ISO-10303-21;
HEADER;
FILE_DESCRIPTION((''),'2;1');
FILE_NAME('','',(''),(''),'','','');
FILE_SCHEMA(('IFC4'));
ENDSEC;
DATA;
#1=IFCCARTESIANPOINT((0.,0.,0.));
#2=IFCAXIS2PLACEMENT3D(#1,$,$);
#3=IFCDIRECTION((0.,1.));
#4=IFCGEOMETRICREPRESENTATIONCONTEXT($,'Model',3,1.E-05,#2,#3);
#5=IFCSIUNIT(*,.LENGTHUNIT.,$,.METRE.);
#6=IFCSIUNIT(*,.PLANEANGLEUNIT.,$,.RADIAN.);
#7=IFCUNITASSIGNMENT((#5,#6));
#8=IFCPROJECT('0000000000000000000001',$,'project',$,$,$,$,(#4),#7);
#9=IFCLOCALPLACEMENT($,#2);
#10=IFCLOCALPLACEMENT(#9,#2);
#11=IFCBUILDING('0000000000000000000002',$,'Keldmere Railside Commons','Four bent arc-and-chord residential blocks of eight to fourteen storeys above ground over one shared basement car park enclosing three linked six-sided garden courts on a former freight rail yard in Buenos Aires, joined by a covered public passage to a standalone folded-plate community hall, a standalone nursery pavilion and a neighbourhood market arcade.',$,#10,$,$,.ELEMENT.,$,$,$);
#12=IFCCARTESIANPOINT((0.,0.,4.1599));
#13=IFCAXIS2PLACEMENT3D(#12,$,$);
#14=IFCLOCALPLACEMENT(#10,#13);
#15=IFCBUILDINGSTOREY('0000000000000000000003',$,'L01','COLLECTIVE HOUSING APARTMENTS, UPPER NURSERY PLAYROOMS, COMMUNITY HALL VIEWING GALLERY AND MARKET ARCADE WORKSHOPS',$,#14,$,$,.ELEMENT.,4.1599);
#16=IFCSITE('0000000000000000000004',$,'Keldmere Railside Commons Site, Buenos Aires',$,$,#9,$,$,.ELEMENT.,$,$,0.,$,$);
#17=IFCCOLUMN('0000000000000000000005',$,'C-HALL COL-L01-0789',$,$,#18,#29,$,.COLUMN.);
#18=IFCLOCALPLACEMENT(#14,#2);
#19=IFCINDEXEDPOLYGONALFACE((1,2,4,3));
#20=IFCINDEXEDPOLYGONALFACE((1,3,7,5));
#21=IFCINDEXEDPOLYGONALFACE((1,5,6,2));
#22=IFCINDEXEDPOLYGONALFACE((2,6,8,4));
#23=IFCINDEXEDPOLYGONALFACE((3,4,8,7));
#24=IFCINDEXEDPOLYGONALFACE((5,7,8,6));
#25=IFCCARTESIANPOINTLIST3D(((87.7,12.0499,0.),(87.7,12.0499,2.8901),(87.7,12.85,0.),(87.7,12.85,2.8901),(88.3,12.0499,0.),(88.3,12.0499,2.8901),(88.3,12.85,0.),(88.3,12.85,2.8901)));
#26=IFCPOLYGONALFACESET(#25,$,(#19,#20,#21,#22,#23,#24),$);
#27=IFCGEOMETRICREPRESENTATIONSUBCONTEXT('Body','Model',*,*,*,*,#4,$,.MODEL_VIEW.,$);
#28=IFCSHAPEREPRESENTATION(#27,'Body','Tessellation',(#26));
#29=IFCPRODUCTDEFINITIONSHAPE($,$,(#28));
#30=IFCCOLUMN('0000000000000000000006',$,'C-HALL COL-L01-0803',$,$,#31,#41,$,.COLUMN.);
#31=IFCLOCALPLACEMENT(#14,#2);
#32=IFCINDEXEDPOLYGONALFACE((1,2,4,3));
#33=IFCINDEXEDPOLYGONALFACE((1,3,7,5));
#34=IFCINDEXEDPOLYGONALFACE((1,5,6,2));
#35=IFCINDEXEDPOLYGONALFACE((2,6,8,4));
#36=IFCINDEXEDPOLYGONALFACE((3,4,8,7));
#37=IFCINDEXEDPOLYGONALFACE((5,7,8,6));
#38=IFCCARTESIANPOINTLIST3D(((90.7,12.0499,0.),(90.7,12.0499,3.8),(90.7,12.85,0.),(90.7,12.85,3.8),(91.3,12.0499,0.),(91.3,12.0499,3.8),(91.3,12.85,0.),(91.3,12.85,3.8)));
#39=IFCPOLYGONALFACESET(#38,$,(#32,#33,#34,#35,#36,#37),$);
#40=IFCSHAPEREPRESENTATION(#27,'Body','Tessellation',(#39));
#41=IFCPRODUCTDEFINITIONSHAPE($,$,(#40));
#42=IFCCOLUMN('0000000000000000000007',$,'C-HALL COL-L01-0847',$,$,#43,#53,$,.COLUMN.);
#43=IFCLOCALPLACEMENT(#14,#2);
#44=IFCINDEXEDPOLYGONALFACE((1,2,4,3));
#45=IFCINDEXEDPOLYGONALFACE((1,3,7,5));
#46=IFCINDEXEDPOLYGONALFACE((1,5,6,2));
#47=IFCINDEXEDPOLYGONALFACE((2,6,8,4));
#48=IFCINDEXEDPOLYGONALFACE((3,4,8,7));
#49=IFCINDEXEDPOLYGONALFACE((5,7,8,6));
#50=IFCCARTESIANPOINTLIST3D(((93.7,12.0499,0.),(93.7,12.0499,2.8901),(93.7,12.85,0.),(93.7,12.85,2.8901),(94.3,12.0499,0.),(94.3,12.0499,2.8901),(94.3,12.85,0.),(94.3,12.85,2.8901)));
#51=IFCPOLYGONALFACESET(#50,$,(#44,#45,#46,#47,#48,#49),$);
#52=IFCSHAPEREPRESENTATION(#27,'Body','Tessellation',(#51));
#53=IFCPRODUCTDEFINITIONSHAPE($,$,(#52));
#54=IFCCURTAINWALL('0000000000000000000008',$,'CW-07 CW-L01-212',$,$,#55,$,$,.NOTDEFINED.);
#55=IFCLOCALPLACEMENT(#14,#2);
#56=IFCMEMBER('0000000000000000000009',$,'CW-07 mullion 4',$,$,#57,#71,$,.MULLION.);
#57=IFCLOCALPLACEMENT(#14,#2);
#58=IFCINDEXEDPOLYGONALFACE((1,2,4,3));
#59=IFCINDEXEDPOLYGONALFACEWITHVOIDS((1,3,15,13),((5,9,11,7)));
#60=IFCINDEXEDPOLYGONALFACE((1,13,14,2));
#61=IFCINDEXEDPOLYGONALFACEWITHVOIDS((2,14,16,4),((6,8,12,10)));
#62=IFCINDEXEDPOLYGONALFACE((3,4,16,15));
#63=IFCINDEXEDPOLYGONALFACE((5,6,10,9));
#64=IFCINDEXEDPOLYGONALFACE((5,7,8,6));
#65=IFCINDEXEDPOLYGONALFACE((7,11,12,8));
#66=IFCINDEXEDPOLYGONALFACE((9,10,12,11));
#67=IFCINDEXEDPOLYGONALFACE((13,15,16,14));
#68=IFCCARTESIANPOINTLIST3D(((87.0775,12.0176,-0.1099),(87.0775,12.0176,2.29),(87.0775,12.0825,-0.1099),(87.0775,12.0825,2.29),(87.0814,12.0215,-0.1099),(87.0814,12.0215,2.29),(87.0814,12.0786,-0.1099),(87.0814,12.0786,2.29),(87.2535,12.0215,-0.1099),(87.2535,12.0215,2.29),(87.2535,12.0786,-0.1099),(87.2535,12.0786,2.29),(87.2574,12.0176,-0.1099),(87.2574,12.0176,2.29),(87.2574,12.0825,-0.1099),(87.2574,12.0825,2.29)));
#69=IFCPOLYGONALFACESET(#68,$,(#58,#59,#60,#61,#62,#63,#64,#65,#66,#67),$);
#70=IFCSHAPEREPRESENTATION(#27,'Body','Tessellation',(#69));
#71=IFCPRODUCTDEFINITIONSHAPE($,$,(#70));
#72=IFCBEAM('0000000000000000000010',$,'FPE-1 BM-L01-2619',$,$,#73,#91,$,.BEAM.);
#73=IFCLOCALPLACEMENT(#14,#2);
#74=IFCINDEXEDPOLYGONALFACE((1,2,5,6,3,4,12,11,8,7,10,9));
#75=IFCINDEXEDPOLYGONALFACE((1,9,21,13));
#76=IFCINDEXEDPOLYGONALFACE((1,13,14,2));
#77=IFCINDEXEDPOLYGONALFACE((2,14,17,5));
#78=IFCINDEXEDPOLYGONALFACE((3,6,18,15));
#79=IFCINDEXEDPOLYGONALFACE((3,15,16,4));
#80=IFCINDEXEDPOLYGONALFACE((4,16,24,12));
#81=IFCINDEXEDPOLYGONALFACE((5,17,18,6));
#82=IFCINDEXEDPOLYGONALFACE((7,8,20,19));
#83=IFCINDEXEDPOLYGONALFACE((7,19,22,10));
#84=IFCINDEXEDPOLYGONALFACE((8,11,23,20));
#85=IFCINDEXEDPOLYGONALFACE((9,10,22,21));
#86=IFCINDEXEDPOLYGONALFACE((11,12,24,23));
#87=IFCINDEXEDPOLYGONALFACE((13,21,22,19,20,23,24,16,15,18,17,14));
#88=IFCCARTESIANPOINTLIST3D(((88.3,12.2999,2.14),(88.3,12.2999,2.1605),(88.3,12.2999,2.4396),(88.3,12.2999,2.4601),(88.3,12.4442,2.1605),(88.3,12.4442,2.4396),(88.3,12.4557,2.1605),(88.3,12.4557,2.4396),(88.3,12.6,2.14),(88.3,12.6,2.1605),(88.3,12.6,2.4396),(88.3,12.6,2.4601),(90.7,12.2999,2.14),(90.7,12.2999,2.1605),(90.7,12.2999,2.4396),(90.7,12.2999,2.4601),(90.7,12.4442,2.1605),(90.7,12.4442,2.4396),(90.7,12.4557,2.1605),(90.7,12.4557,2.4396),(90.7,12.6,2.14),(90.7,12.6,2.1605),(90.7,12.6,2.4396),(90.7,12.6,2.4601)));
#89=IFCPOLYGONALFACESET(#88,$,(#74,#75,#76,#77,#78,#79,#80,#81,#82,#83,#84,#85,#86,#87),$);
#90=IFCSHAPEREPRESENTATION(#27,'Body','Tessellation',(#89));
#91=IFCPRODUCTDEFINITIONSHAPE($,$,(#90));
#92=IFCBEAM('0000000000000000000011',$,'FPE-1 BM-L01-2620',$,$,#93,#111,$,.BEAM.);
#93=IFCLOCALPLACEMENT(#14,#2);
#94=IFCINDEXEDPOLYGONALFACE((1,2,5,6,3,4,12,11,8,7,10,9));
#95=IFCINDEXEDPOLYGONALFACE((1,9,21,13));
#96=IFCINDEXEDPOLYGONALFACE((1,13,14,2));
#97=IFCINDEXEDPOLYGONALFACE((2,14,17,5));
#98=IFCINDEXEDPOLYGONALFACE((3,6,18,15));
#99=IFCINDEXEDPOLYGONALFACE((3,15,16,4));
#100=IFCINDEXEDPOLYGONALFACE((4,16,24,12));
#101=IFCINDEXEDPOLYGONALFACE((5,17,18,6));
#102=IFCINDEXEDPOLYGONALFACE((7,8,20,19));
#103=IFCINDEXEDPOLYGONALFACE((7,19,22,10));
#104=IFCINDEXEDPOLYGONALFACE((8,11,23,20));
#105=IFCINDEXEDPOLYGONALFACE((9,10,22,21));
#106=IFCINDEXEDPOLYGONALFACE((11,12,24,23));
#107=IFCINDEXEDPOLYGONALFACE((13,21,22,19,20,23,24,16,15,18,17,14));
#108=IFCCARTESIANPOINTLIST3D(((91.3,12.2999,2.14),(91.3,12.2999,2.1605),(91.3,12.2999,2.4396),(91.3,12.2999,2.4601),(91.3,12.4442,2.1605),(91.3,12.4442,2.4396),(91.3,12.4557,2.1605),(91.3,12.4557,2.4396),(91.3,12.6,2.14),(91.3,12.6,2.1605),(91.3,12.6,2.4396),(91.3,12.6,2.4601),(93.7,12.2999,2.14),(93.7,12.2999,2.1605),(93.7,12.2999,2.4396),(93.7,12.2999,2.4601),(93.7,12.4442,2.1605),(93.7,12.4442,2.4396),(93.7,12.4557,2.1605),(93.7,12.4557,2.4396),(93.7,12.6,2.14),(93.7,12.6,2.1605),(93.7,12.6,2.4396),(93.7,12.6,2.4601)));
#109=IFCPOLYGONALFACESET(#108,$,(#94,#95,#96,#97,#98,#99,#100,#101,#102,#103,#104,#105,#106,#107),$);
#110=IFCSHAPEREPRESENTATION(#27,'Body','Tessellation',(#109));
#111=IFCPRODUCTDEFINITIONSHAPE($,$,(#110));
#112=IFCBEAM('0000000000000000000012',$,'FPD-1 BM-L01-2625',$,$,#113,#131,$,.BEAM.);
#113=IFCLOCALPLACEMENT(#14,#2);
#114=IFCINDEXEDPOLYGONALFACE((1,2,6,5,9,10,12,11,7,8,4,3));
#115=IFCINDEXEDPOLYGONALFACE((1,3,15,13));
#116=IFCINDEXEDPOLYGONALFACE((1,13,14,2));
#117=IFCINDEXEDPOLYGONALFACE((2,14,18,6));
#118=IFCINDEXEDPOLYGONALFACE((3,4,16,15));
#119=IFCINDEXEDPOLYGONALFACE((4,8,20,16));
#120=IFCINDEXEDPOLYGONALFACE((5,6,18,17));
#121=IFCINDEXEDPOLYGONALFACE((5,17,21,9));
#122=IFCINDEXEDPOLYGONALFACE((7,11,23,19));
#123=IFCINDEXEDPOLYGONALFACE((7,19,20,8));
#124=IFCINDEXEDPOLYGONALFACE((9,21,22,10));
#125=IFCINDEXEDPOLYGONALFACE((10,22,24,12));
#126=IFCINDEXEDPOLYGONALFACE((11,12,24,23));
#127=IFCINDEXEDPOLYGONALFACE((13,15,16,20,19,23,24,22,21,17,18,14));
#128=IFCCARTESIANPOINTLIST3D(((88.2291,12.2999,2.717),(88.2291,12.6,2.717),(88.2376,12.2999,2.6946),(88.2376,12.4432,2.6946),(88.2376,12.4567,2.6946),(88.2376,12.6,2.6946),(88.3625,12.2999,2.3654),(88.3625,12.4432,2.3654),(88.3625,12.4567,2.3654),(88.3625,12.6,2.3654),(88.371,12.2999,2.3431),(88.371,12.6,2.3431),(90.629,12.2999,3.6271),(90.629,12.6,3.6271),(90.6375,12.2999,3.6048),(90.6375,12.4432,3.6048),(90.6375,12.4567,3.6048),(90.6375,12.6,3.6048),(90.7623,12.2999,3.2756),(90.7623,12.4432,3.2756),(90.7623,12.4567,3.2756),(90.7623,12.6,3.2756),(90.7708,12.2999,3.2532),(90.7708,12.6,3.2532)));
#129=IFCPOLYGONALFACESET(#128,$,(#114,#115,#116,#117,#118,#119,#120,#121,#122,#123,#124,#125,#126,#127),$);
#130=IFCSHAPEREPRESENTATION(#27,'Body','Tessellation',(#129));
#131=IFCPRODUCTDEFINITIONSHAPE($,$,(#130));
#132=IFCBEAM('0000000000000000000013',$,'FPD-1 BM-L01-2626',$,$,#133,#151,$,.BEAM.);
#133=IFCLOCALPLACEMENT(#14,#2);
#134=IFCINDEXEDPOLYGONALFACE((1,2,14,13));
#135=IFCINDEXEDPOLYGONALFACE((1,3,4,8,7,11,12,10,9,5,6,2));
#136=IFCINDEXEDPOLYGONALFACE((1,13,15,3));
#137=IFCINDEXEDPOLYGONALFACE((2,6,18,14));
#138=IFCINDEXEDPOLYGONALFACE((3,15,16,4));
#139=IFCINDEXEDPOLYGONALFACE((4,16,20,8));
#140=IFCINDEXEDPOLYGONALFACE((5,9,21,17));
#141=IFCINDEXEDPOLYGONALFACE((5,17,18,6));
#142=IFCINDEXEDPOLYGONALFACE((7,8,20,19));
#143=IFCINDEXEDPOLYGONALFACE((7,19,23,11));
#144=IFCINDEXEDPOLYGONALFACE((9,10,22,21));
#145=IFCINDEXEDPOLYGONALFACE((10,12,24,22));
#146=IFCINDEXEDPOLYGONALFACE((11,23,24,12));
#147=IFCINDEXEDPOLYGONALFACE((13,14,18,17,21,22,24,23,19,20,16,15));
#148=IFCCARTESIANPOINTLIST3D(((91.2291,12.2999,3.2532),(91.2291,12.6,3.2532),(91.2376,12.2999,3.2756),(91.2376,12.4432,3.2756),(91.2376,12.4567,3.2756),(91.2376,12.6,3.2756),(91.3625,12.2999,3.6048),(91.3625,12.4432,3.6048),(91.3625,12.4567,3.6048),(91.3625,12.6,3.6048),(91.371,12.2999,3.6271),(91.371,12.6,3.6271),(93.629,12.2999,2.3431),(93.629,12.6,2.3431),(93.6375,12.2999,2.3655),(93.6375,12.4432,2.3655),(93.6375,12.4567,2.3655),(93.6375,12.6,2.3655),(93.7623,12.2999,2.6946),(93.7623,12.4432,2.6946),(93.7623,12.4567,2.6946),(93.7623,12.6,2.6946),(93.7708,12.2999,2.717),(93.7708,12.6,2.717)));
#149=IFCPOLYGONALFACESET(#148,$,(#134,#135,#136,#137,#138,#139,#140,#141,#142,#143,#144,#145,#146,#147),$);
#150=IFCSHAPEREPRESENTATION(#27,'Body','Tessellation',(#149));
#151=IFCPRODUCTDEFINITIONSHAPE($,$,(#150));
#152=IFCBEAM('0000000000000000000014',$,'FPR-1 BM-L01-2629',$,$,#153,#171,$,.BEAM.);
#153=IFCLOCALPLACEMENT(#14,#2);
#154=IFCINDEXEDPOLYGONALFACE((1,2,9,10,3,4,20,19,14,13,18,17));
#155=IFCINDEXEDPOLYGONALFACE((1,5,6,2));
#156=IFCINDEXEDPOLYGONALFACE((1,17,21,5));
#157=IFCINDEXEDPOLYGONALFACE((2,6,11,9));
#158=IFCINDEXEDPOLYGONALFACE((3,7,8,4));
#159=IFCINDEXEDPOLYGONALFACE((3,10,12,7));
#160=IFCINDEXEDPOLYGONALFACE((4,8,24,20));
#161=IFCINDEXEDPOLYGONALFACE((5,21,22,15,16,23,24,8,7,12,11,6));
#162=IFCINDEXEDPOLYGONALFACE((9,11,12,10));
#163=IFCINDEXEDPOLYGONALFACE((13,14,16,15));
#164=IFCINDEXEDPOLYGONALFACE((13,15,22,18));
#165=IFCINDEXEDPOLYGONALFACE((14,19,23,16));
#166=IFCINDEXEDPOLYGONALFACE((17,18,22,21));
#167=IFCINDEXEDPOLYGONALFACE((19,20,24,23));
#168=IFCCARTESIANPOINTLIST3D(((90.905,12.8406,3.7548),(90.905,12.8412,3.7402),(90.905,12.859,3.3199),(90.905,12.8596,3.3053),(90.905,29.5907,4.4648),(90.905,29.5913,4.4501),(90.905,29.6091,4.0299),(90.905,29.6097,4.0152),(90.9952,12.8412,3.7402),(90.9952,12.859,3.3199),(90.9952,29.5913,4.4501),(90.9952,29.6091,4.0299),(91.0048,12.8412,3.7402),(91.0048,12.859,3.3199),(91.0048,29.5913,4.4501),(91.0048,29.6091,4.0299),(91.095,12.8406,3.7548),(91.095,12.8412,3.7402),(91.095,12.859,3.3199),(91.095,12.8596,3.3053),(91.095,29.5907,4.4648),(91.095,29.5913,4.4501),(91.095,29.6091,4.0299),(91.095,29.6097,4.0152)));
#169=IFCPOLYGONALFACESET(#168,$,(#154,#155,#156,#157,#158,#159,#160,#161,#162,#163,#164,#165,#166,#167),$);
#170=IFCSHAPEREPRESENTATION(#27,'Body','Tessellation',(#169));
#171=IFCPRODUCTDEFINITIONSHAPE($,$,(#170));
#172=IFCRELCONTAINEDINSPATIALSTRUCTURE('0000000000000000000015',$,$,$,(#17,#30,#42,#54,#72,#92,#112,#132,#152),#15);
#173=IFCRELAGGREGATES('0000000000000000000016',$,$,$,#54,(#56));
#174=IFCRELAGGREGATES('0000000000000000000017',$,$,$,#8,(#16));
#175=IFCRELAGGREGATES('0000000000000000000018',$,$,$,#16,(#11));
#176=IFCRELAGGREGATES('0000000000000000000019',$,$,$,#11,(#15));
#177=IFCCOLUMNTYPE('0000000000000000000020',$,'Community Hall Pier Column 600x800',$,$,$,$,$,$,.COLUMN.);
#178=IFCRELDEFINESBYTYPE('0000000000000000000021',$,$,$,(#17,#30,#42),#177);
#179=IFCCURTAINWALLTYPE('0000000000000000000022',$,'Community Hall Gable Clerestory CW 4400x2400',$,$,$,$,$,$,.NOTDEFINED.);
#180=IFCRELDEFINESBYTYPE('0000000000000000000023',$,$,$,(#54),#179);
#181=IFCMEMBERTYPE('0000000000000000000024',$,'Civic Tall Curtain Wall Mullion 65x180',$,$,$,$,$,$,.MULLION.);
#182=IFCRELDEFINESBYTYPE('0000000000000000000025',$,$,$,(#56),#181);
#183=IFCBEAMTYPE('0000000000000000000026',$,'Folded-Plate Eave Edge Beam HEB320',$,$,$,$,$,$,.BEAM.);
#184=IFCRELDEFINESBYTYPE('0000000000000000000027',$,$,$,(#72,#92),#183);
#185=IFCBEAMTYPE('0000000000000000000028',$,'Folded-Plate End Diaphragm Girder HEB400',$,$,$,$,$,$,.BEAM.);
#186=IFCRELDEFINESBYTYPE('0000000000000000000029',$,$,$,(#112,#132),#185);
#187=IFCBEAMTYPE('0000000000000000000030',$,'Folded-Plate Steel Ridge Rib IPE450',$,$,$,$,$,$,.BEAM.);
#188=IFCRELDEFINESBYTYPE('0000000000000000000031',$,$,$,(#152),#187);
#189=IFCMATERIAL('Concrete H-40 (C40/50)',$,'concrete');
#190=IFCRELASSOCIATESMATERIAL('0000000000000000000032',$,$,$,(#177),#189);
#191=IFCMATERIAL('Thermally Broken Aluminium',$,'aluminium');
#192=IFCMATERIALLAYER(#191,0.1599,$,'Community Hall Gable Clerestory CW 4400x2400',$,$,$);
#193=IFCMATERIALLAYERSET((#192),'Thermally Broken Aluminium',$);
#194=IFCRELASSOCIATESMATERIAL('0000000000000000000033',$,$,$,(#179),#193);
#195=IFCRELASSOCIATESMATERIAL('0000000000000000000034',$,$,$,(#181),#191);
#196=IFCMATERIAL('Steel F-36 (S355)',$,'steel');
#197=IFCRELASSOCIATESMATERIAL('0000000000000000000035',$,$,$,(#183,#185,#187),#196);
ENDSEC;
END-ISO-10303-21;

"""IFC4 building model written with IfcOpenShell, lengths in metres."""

from ifc_helpers import new_model, si_unit, direction, frame, origin, origin_2d, place, context, subcontext, project, spatial, rectangle, hollow_rectangle, i_section, extrude, material, layer, layer_set, material_profile, profile_set, type_object, element, aggregate, save


model = new_model("IFC4")

# Units and contexts
model_context = context("Model", 3, precision=1e-05, world=origin(), true_north=direction((0.0, 1.0)))
body_context = subcontext(model_context, "Body", "Model", "MODEL_VIEW")
ifc_project = project(units=[si_unit("LENGTHUNIT", "METRE"), si_unit("PLANEANGLEUNIT", "RADIAN")], contexts=[model_context])

# Site, building, storey
site_placement = place(None, origin())
site = spatial("IfcSite", under=ifc_project, at=site_placement, Name="Keldmere Railside Commons Site, Buenos Aires", CompositionType="ELEMENT", RefElevation=0.0)
building_placement = place(site_placement, origin())
building = spatial("IfcBuilding", under=site, at=building_placement, Name="Keldmere Railside Commons", Description="Four bent arc-and-chord residential blocks of eight to fourteen storeys above ground over one shared basement car park enclosing three linked six-sided garden courts on a former freight rail yard in Buenos Aires, joined by a covered public passage to a standalone folded-plate community hall, a standalone nursery pavilion and a neighbourhood market arcade.", CompositionType="ELEMENT")
storey_placement = place(building_placement, frame((0.0, 0.0, 4.1599)))
storey = spatial("IfcBuildingStorey", under=building, at=storey_placement, Name="L01", Description="COLLECTIVE HOUSING APARTMENTS, UPPER NURSERY PLAYROOMS, COMMUNITY HALL VIEWING GALLERY AND MARKET ARCADE WORKSHOPS", CompositionType="ELEMENT", Elevation=4.1599)

# Columns
ifc_material_1 = material(Name="Concrete H-40 (C40/50)", Category="concrete")
ifc_material_profile_1 = material_profile(ifc_material_1, rectangle(XDim=0.6001, YDim=0.8, at=origin_2d()), Name="RC-600x800")
ifc_profile_set_1 = profile_set([ifc_material_profile_1], Name="Concrete H-40 (C40/50)")
column_type = type_object("IfcColumnType", Name="Community Hall Pier Column 600x800", PredefinedType="COLUMN", material=ifc_profile_set_1)
column_1_placement = place(storey_placement, frame((88.0, 12.45, 0.0), z_axis=(0.0, 0.0, 1.0), x_axis=(1.0, 0.0, 0.0)))
element("IfcColumn", 1, at=column_1_placement, inside=storey, type_object=column_type, Name="C-HALL COL-L01-0789", PredefinedType="COLUMN", context=body_context, shape_type="SweptSolid", body=[
    extrude(rectangle(XDim=0.6001, YDim=0.8, at=origin_2d()), origin(), (0.0, 0.0, 1.0), 2.8901),
])
column_2_placement = place(storey_placement, frame((91.0, 12.45, 0.0), z_axis=(0.0, 0.0, 1.0), x_axis=(1.0, 0.0, 0.0)))
element("IfcColumn", 2, at=column_2_placement, inside=storey, type_object=column_type, Name="C-HALL COL-L01-0803", PredefinedType="COLUMN", context=body_context, shape_type="SweptSolid", body=[
    extrude(rectangle(XDim=0.6001, YDim=0.8, at=origin_2d()), origin(), (0.0, 0.0, 1.0), 3.8),
])
column_3_placement = place(storey_placement, frame((94.0, 12.45, 0.0), z_axis=(0.0, 0.0, 1.0), x_axis=(1.0, 0.0, 0.0)))
element("IfcColumn", 3, at=column_3_placement, inside=storey, type_object=column_type, Name="C-HALL COL-L01-0847", PredefinedType="COLUMN", context=body_context, shape_type="SweptSolid", body=[
    extrude(rectangle(XDim=0.6001, YDim=0.8, at=origin_2d()), origin(), (0.0, 0.0, 1.0), 2.8901),
])

# Curtain wall, member
ifc_material_2 = material(Name="Thermally Broken Aluminium", Category="aluminium")
ifc_layer_1 = layer(ifc_material_2, 0.1599, Name="Community Hall Gable Clerestory CW 4400x2400")
ifc_layer_set_1 = layer_set([ifc_layer_1], Name="Thermally Broken Aluminium")
curtain_wall_type = type_object("IfcCurtainWallType", Name="Community Hall Gable Clerestory CW 4400x2400", PredefinedType="NOTDEFINED", material=ifc_layer_set_1)
curtain_wall_placement = place(storey_placement, origin())
curtain_wall = element("IfcCurtainWall", 4, at=curtain_wall_placement, inside=storey, type_object=curtain_wall_type, Name="CW-07 CW-L01-212", PredefinedType="NOTDEFINED")
ifc_material_profile_2 = material_profile(ifc_material_2, hollow_rectangle(XDim=0.0649, YDim=0.1799, WallThickness=0.0039, at=origin_2d()), Name="ALU-MULL-65x180")
ifc_profile_set_2 = profile_set([ifc_material_profile_2], Name="Thermally Broken Aluminium")
member_type_1 = type_object("IfcMemberType", Name="Civic Tall Curtain Wall Mullion 65x180", PredefinedType="MULLION", material=ifc_profile_set_2)
member_1_placement = place(storey_placement, frame((87.1675, 12.05, -0.1099), z_axis=(0.0, 0.0, 1.0), x_axis=(0.0, 1.0, 0.0)))
member_1 = element("IfcMember", 5, at=member_1_placement, type_object=member_type_1, Name="CW-07 mullion 4", PredefinedType="MULLION", context=body_context, shape_type="SweptSolid", body=[
    extrude(hollow_rectangle(XDim=0.0649, YDim=0.1799, WallThickness=0.0039, at=origin_2d()), origin(), (0.0, 0.0, 1.0), 2.3999),
])

# Beams
ifc_material_3 = material(Name="Steel F-36 (S355)", Category="steel")
ifc_material_profile_3 = material_profile(ifc_material_3, i_section(OverallWidth=0.3, OverallDepth=0.3201, WebThickness=0.0115, FlangeThickness=0.0205, at=origin_2d()), Name="HEB-320")
ifc_profile_set_3 = profile_set([ifc_material_profile_3], Name="Steel F-36 (S355)")
beam_type_1 = type_object("IfcBeamType", Name="Folded-Plate Eave Edge Beam HEB320", PredefinedType="BEAM", material=ifc_profile_set_3)
for number, where, z_axis, x_axis, name in (
    (6, (88.3, 12.45, 2.3), (1.0, 0.0, 0.0), (0.0, 1.0, 0.0), "FPE-1 BM-L01-2619"),
    (7, (91.3, 12.45, 2.3), (1.0, 0.0, 0.0), (0.0, 1.0, 0.0), "FPE-1 BM-L01-2620"),
):
    element("IfcBeam", number, at=place(storey_placement, frame(where, z_axis=z_axis, x_axis=x_axis)), inside=storey, type_object=beam_type_1, Name=name, PredefinedType="BEAM", context=body_context, shape_type="SweptSolid", body=[
        extrude(i_section(OverallWidth=0.3, OverallDepth=0.3201, WebThickness=0.0115, FlangeThickness=0.0205, at=origin_2d()), origin(), (0.0, 0.0, 1.0), 2.3999),
    ])
ifc_material_profile_4 = material_profile(ifc_material_3, i_section(OverallWidth=0.3, OverallDepth=0.3999, WebThickness=0.0134, FlangeThickness=0.0239, at=origin_2d()), Name="HEB-400")
ifc_profile_set_4 = profile_set([ifc_material_profile_4], Name="Steel F-36 (S355)")
beam_type_2 = type_object("IfcBeamType", Name="Folded-Plate End Diaphragm Girder HEB400", PredefinedType="BEAM", material=ifc_profile_set_4)
for number, where, z_axis, x_axis, name in (
    (8, (88.3, 12.45, 2.53), (0.935017, 0.0, 0.354603), (0.0, 1.0, 0.0), "FPD-1 BM-L01-2625"),
    (9, (91.3, 12.45, 3.4402), (0.935017, 0.0, -0.354603), (0.0, 1.0, 0.0), "FPD-1 BM-L01-2626"),
):
    element("IfcBeam", number, at=place(storey_placement, frame(where, z_axis=z_axis, x_axis=x_axis)), inside=storey, type_object=beam_type_2, Name=name, PredefinedType="BEAM", context=body_context, shape_type="SweptSolid", body=[
        extrude(i_section(OverallWidth=0.3, OverallDepth=0.3999, WebThickness=0.0134, FlangeThickness=0.0239, at=origin_2d()), origin(), (0.0, 0.0, 1.0), 2.5667),
    ])
ifc_material_profile_5 = material_profile(ifc_material_3, i_section(OverallWidth=0.1899, OverallDepth=0.45, WebThickness=0.0095, FlangeThickness=0.0146, at=origin_2d()), Name="IPE-450")
ifc_profile_set_5 = profile_set([ifc_material_profile_5], Name="Steel F-36 (S355)")
beam_type_3 = type_object("IfcBeamType", Name="Folded-Plate Steel Ridge Rib IPE450", PredefinedType="BEAM", material=ifc_profile_set_5)
beam_placement = place(storey_placement, frame((91.0, 12.8501, 3.53), z_axis=(0.0, 0.999103, 0.042348), x_axis=(-1.0, 0.0, 0.0)))
element("IfcBeam", 10, at=beam_placement, inside=storey, type_object=beam_type_3, Name="FPR-1 BM-L01-2629", PredefinedType="BEAM", context=body_context, shape_type="SweptSolid", body=[
    extrude(i_section(OverallWidth=0.1899, OverallDepth=0.45, WebThickness=0.0095, FlangeThickness=0.0146, at=origin_2d()), origin(), (0.0, 0.0, 1.0), 16.7651),
])

aggregate(curtain_wall, [member_1])

save(model, "model.ifc")
